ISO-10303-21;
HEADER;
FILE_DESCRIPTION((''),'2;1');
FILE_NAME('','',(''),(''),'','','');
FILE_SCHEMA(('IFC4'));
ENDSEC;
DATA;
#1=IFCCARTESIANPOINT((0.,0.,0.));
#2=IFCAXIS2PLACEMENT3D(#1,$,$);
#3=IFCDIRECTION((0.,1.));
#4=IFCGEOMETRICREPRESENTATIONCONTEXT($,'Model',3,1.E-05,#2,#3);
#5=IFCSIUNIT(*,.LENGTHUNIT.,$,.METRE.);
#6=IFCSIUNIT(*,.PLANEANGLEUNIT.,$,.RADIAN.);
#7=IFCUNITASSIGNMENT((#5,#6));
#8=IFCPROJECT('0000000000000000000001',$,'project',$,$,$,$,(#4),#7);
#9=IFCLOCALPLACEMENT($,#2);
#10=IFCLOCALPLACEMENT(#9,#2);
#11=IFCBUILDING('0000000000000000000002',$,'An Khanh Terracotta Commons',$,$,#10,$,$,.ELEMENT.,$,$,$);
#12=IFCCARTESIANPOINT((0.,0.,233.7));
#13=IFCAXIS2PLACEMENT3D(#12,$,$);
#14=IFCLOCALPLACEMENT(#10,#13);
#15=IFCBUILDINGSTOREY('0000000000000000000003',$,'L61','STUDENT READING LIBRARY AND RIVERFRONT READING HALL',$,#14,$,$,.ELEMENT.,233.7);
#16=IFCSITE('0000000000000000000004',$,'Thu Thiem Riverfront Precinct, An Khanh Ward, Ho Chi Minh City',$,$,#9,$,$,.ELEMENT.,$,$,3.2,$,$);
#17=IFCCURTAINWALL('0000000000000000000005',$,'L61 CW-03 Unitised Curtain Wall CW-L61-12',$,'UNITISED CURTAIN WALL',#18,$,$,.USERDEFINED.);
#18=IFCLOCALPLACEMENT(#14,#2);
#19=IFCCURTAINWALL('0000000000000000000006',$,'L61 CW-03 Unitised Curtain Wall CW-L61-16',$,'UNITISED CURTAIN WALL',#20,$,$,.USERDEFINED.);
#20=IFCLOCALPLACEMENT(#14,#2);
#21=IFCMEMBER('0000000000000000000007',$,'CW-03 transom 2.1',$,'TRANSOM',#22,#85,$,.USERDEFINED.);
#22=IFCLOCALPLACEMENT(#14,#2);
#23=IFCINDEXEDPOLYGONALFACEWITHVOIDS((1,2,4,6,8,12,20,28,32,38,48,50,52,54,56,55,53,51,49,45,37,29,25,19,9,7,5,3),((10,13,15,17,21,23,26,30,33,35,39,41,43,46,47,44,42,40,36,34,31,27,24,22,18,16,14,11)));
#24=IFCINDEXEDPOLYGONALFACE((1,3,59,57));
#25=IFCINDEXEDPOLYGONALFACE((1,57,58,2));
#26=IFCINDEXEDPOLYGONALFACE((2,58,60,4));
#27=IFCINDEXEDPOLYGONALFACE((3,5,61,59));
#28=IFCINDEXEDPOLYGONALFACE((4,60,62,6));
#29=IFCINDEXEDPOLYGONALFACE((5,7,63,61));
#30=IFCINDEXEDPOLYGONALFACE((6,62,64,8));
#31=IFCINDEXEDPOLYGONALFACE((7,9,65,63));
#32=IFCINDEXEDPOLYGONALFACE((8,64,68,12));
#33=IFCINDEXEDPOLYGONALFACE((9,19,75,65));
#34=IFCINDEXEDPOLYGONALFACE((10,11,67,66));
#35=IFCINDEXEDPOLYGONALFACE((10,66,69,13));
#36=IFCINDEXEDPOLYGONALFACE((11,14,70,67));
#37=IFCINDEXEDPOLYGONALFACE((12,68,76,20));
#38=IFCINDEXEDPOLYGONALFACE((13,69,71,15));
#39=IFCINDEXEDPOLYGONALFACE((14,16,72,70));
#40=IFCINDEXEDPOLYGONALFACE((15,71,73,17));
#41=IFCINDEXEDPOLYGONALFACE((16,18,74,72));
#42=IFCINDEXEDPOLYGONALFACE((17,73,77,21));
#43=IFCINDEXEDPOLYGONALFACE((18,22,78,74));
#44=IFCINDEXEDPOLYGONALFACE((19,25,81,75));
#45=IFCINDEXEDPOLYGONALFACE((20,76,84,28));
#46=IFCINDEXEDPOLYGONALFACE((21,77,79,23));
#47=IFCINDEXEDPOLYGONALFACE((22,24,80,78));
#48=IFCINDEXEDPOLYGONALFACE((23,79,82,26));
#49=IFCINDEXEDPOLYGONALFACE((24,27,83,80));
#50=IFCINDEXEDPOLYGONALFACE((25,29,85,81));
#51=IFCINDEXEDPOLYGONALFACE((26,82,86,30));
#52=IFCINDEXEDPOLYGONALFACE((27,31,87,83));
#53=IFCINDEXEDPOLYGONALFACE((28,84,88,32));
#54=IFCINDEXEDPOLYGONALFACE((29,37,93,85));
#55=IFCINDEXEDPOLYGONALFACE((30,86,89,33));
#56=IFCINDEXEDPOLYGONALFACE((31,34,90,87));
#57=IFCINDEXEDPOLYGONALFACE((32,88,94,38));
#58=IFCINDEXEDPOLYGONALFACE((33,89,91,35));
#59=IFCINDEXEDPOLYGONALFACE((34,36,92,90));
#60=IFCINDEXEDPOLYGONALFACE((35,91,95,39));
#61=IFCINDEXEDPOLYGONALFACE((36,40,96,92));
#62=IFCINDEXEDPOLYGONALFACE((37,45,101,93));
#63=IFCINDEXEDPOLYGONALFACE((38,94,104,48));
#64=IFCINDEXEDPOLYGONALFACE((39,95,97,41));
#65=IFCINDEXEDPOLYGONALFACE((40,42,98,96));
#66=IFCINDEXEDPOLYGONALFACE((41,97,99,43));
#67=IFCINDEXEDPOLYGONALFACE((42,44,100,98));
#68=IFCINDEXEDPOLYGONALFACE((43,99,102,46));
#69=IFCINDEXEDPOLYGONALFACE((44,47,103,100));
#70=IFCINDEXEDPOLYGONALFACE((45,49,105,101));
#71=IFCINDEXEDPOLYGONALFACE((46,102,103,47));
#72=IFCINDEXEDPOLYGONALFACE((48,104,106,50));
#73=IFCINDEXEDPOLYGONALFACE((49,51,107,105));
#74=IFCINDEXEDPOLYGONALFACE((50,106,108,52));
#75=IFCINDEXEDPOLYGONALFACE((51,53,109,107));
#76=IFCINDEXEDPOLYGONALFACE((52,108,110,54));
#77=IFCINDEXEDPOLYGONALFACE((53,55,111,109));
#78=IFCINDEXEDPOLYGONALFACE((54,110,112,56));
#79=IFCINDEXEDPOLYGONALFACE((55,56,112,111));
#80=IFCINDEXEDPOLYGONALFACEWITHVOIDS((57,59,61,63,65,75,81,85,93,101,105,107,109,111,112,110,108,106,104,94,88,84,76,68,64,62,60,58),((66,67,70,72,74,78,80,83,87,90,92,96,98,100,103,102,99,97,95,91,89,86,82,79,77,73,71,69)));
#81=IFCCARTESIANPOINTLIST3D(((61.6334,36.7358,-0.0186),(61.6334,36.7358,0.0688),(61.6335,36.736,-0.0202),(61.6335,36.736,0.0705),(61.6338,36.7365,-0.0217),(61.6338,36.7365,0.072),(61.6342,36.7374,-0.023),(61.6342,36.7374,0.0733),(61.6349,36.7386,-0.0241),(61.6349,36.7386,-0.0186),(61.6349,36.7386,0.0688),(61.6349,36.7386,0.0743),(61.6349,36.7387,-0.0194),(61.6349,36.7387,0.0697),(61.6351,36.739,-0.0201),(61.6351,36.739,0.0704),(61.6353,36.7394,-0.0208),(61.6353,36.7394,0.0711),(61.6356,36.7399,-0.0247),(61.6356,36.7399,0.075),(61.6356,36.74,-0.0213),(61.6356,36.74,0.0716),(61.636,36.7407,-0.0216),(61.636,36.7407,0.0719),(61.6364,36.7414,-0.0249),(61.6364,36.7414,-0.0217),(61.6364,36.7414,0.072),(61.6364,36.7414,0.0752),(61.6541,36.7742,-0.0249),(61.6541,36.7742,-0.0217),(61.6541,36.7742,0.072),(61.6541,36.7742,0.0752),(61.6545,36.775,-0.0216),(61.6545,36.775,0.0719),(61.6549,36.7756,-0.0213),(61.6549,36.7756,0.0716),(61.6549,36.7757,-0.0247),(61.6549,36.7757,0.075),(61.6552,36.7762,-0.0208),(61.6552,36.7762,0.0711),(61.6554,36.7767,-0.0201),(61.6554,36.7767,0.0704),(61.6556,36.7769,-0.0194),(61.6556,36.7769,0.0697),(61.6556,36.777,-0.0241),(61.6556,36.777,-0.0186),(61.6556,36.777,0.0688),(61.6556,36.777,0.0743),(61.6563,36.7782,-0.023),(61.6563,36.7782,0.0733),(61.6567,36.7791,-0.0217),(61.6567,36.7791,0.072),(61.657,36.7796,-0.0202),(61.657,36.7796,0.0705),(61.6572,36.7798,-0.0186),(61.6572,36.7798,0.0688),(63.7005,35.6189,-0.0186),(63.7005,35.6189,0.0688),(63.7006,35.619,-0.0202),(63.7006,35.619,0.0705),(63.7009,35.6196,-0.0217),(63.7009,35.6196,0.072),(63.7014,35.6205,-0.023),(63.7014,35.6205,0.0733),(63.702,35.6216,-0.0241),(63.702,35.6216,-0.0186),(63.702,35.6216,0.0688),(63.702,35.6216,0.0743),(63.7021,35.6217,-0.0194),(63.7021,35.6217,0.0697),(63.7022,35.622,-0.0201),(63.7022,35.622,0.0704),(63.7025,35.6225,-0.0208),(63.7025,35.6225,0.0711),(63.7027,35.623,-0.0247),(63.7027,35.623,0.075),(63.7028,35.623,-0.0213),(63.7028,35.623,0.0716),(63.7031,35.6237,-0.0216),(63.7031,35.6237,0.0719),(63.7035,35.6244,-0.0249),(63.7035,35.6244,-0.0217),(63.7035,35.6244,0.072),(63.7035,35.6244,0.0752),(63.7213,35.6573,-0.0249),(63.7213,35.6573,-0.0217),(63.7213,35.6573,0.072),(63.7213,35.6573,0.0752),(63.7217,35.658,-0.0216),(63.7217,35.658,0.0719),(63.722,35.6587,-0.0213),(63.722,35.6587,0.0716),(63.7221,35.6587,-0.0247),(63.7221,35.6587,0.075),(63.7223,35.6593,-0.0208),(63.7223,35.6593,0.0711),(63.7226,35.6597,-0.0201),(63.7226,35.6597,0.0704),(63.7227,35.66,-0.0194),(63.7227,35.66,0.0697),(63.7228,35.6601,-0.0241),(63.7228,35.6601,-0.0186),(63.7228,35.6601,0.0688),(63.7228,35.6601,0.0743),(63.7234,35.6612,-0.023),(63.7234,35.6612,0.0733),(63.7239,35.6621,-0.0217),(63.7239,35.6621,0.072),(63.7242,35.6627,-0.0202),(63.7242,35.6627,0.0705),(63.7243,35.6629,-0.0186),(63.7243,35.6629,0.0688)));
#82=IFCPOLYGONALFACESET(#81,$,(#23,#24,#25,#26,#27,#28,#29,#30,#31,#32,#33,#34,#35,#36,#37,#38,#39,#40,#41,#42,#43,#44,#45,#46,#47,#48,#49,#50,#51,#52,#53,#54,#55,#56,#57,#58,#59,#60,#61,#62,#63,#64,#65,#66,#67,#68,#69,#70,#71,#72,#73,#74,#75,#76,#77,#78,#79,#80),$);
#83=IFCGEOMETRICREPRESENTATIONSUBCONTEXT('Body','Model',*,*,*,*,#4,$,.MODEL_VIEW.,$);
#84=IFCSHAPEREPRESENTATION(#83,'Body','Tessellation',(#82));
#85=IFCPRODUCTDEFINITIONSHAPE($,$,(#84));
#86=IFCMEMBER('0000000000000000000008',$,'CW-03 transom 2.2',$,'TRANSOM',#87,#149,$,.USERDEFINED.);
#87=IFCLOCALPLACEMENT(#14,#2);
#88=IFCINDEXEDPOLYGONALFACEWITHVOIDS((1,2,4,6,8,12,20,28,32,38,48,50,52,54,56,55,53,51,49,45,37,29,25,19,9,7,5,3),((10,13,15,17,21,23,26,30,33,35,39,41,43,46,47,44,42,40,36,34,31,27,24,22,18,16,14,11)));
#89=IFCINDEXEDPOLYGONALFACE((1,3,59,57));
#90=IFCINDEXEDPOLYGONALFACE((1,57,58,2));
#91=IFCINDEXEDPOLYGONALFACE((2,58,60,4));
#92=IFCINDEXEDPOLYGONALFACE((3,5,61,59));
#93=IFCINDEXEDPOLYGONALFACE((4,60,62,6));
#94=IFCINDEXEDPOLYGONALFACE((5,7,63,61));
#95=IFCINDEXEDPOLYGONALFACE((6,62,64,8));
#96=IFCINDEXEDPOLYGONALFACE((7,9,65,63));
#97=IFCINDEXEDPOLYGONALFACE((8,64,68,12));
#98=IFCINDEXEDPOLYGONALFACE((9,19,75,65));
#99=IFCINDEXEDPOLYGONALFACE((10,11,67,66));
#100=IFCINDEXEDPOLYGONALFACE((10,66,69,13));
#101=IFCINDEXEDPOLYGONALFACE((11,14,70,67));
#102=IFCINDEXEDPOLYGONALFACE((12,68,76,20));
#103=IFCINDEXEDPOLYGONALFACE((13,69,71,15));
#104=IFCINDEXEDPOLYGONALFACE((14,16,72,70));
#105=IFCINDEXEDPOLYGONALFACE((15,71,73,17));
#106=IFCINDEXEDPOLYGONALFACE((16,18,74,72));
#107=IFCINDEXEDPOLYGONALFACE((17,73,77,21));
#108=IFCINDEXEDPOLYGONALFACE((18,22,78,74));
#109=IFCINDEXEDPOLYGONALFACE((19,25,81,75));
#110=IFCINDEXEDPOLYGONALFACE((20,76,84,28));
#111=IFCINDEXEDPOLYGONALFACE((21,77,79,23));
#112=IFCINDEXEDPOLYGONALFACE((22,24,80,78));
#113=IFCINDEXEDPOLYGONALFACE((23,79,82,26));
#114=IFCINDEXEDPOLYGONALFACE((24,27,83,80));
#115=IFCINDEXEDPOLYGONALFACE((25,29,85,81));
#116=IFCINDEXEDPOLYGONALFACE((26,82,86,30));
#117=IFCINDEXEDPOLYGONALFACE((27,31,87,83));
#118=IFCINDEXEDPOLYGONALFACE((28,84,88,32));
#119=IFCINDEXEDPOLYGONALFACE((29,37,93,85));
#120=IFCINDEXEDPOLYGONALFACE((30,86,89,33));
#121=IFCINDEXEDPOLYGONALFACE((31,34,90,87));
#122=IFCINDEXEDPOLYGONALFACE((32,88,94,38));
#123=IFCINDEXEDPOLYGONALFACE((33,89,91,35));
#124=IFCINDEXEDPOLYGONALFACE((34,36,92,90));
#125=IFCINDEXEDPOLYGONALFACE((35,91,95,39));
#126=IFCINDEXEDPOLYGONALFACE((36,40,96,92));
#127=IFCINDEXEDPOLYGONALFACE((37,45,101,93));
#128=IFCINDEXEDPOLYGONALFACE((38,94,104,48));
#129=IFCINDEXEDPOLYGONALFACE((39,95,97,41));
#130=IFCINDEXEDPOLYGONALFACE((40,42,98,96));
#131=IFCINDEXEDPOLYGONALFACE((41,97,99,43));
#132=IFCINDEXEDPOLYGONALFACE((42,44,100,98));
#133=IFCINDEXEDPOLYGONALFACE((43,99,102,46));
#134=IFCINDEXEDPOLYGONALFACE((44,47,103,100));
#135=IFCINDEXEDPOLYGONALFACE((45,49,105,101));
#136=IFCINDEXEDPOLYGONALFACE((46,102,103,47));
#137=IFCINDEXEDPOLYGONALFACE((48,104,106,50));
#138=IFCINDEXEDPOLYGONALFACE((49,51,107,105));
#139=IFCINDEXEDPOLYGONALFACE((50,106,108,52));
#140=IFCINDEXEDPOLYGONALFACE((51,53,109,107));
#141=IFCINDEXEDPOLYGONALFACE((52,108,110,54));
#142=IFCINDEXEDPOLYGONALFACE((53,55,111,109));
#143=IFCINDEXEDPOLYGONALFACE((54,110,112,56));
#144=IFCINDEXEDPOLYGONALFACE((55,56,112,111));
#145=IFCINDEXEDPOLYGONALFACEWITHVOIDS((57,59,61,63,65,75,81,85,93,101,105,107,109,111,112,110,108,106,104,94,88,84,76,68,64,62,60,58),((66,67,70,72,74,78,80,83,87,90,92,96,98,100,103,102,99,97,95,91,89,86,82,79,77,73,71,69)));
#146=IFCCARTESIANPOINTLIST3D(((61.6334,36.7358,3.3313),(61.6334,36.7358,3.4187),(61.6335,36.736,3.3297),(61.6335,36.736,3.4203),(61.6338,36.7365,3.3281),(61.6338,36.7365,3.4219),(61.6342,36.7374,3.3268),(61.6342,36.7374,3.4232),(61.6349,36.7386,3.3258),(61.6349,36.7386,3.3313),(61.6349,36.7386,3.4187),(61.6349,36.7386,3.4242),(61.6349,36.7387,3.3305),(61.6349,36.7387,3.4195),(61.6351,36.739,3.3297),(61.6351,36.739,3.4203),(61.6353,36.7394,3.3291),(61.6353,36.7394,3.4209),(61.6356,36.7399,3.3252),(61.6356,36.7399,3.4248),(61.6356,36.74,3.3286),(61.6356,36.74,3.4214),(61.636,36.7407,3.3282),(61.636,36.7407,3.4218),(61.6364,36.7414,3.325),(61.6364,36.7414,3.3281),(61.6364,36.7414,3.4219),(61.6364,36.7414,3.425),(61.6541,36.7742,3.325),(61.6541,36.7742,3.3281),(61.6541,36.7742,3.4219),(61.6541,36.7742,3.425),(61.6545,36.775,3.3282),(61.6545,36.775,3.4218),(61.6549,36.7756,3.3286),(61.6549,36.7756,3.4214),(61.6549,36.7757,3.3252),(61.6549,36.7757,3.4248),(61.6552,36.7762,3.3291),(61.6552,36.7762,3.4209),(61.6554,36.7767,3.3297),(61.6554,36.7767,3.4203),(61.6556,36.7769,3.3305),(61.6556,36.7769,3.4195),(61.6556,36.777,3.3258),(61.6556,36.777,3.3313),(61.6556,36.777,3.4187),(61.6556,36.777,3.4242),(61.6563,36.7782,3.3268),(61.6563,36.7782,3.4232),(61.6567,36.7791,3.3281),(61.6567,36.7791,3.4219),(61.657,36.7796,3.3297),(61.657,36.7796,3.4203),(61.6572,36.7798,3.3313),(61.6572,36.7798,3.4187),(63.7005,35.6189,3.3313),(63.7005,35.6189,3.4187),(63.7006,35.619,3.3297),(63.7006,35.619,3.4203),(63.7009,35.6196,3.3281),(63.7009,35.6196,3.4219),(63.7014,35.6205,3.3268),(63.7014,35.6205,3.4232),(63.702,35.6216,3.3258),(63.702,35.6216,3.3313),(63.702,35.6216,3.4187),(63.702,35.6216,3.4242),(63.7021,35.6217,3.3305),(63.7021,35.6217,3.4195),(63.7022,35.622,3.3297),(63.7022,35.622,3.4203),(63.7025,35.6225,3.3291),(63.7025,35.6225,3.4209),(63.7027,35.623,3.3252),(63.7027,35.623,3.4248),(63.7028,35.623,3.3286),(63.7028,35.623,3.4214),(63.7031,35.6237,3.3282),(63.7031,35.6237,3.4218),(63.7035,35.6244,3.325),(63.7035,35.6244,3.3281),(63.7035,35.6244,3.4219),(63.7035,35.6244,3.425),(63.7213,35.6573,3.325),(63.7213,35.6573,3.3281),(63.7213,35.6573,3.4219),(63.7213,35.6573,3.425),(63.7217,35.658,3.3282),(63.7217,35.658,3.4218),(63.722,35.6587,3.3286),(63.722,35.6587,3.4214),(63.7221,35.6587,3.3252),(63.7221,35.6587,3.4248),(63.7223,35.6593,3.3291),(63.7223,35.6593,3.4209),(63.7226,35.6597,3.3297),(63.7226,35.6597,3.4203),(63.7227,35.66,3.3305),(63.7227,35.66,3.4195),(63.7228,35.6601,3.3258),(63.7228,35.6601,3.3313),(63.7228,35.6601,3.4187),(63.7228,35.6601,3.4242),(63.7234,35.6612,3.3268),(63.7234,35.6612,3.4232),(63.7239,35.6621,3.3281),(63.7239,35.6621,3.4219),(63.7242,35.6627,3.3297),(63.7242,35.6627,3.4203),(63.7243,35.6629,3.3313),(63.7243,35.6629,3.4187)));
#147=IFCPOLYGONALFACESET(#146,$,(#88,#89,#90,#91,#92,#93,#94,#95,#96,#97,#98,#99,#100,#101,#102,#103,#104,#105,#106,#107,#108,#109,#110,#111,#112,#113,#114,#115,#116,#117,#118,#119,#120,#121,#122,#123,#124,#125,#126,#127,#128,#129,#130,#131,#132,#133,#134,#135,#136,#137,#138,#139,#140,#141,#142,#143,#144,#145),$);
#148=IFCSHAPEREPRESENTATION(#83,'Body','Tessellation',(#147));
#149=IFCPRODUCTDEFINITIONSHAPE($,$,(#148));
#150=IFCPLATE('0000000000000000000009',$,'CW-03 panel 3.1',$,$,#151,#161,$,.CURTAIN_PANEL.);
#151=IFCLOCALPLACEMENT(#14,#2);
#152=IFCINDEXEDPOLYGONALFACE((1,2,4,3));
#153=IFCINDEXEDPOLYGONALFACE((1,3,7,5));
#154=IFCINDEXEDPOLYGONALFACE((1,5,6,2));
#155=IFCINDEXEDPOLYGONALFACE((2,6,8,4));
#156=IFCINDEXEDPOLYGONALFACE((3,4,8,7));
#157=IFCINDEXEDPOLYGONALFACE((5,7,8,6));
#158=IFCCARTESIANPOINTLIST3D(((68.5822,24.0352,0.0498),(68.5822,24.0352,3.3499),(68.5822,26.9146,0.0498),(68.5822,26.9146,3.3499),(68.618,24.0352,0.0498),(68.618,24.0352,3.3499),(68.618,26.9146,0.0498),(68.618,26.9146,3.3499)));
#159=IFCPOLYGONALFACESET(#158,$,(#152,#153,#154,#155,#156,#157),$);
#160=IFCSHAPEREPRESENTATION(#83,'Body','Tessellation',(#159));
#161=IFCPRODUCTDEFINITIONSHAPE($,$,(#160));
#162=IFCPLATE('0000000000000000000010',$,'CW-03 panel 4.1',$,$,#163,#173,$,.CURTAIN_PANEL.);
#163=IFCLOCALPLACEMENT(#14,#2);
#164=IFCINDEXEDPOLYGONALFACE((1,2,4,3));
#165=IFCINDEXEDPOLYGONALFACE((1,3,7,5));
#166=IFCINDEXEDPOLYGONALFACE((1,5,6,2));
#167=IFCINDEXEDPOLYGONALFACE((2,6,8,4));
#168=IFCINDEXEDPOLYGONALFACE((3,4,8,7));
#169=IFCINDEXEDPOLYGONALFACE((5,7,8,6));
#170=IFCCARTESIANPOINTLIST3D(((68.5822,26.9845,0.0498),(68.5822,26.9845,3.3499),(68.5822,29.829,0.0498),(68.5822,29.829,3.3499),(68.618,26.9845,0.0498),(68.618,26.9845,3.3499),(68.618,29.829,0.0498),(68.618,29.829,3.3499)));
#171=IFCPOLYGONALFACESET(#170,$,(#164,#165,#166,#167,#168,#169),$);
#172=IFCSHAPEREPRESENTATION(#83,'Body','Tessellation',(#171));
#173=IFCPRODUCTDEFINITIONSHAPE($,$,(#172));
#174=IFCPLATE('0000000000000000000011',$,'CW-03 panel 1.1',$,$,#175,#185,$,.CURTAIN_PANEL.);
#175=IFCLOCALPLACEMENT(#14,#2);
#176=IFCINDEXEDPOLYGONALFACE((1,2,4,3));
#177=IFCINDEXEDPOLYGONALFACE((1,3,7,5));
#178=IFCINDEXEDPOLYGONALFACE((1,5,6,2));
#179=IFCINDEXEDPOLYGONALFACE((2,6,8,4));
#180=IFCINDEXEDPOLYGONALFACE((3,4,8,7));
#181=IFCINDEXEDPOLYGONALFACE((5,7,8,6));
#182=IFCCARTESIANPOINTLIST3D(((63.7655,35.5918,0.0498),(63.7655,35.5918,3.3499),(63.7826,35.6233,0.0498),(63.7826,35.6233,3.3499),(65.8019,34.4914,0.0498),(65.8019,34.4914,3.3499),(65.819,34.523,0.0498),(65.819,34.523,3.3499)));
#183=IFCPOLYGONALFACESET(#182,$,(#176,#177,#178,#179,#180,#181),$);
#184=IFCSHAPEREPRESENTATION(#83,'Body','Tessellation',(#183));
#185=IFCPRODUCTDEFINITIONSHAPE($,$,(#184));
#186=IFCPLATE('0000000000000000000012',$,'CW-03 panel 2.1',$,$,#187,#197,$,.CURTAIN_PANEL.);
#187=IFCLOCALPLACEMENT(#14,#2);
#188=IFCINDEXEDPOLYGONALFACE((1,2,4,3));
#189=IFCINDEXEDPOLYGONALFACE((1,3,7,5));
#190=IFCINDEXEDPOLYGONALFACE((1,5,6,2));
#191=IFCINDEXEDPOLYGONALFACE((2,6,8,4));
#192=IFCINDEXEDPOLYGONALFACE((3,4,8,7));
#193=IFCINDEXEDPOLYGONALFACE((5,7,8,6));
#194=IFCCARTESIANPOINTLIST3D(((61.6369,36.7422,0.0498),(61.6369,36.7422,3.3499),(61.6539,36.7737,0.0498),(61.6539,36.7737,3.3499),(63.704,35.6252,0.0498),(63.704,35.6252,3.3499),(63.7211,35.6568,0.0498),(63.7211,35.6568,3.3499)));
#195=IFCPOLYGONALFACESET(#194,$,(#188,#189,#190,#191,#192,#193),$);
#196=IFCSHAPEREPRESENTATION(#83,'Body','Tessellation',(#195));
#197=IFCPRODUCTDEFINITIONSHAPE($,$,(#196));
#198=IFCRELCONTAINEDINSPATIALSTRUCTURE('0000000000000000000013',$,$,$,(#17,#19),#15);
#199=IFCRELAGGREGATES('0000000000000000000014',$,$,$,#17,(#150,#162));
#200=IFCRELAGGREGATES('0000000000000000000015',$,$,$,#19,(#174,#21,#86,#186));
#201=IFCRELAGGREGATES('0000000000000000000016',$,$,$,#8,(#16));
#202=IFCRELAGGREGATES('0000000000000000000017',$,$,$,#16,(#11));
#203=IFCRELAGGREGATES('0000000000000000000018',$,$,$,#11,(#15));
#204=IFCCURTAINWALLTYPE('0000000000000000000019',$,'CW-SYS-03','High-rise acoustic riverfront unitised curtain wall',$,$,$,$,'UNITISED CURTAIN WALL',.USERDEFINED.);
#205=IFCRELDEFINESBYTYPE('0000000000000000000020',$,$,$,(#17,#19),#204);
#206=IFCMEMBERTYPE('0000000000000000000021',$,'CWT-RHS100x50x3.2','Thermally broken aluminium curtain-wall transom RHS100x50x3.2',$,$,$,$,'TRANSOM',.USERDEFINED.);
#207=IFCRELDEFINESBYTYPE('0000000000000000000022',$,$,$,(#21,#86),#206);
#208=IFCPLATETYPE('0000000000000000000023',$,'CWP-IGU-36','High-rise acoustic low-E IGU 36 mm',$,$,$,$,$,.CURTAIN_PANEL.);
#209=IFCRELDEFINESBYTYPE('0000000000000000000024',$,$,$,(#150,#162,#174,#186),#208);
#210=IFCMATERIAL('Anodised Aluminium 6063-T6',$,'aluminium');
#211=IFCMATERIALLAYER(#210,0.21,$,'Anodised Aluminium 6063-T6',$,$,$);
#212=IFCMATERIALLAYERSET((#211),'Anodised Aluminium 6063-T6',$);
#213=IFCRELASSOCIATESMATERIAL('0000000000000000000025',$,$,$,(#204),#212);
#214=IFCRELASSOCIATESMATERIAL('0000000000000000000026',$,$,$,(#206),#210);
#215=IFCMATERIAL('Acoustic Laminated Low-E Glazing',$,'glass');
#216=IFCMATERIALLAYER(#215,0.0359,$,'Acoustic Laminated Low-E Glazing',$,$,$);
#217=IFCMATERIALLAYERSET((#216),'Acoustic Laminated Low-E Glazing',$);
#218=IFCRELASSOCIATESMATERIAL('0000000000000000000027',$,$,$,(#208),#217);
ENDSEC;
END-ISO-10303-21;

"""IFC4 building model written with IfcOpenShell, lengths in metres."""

from ifc_helpers import new_model, si_unit, direction, frame, origin, origin_2d, place, context, subcontext, project, spatial, rectangle, hollow_rectangle, extrude, material, layer, layer_set, material_profile, profile_set, type_object, element, aggregate, save


model = new_model("IFC4")

# Units and contexts
model_context = context("Model", 3, precision=1e-05, world=origin(), true_north=direction((0.0, 1.0)))
body_context = subcontext(model_context, "Body", "Model", "MODEL_VIEW")
ifc_project = project(units=[si_unit("LENGTHUNIT", "METRE"), si_unit("PLANEANGLEUNIT", "RADIAN")], contexts=[model_context])

# Site, building, storey
site_placement = place(None, origin())
site = spatial("IfcSite", under=ifc_project, at=site_placement, Name="Thu Thiem Riverfront Precinct, An Khanh Ward, Ho Chi Minh City", CompositionType="ELEMENT", RefElevation=3.2)
building_placement = place(site_placement, origin())
building = spatial("IfcBuilding", under=site, at=building_placement, Name="An Khanh Terracotta Commons", CompositionType="ELEMENT")
storey_placement = place(building_placement, frame((0.0, 0.0, 233.7)))
storey = spatial("IfcBuildingStorey", under=building, at=storey_placement, Name="L61", Description="STUDENT READING LIBRARY AND RIVERFRONT READING HALL", CompositionType="ELEMENT", Elevation=233.7)

# Curtain walls
ifc_material_1 = material(Name="Anodised Aluminium 6063-T6", Category="aluminium")
ifc_layer_1 = layer(ifc_material_1, 0.21, Name="Anodised Aluminium 6063-T6")
ifc_layer_set_1 = layer_set([ifc_layer_1], Name="Anodised Aluminium 6063-T6")
curtain_wall_type = type_object("IfcCurtainWallType", Name="CW-SYS-03", Description="High-rise acoustic riverfront unitised curtain wall", ElementType="UNITISED CURTAIN WALL", PredefinedType="USERDEFINED", material=ifc_layer_set_1)
curtain_wall_1_placement = place(storey_placement, origin())
curtain_wall_1 = element("IfcCurtainWall", 1, at=curtain_wall_1_placement, inside=storey, type_object=curtain_wall_type, Name="L61 CW-03 Unitised Curtain Wall CW-L61-12", ObjectType="UNITISED CURTAIN WALL", PredefinedType="USERDEFINED")
curtain_wall_2_placement = place(storey_placement, origin())
curtain_wall_2 = element("IfcCurtainWall", 2, at=curtain_wall_2_placement, inside=storey, type_object=curtain_wall_type, Name="L61 CW-03 Unitised Curtain Wall CW-L61-16", ObjectType="UNITISED CURTAIN WALL", PredefinedType="USERDEFINED")

# Members
ifc_material_profile_1 = material_profile(ifc_material_1, hollow_rectangle(XDim=0.05, YDim=0.1001, WallThickness=0.0032, InnerFilletRadius=0.0032, OuterFilletRadius=0.0063, at=origin_2d()), Name="RHS100x50x3.2")
ifc_profile_set_1 = profile_set([ifc_material_profile_1], Name="Anodised Aluminium 6063-T6")
member_type_1 = type_object("IfcMemberType", Name="CWT-RHS100x50x3.2", Description="Thermally broken aluminium curtain-wall transom RHS100x50x3.2", ElementType="TRANSOM", PredefinedType="USERDEFINED", material=ifc_profile_set_1)
member_1_placement = place(storey_placement, frame((63.7124, 35.6409, 0.0251), z_axis=(-0.879783, 0.475376, 0.0), x_axis=(-0.475376, -0.879783, 0.0)))
member_1 = element("IfcMember", 3, at=member_1_placement, type_object=member_type_1, Name="CW-03 transom 2.1", ObjectType="TRANSOM", PredefinedType="USERDEFINED", context=body_context, shape_type="SweptSolid", body=[
    extrude(hollow_rectangle(XDim=0.05, YDim=0.1001, WallThickness=0.0032, InnerFilletRadius=0.0032, OuterFilletRadius=0.0063, at=origin_2d()), origin(), (0.0, 0.0, 1.0), 2.3496),
])
member_2_placement = place(storey_placement, frame((63.7124, 35.6409, 3.375), z_axis=(-0.879783, 0.475376, 0.0), x_axis=(-0.475376, -0.879783, 0.0)))
member_2 = element("IfcMember", 4, at=member_2_placement, type_object=member_type_1, Name="CW-03 transom 2.2", ObjectType="TRANSOM", PredefinedType="USERDEFINED", context=body_context, shape_type="SweptSolid", body=[
    extrude(hollow_rectangle(XDim=0.05, YDim=0.1001, WallThickness=0.0032, InnerFilletRadius=0.0032, OuterFilletRadius=0.0063, at=origin_2d()), origin(), (0.0, 0.0, 1.0), 2.3496),
])

# Plates
ifc_material_2 = material(Name="Acoustic Laminated Low-E Glazing", Category="glass")
ifc_layer_2 = layer(ifc_material_2, 0.0359, Name="Acoustic Laminated Low-E Glazing")
ifc_layer_set_2 = layer_set([ifc_layer_2], Name="Acoustic Laminated Low-E Glazing")
plate_type = type_object("IfcPlateType", Name="CWP-IGU-36", Description="High-rise acoustic low-E IGU 36 mm", PredefinedType="CURTAIN_PANEL", material=ifc_layer_set_2)
plate_1_placement = place(storey_placement, frame((68.6001, 25.4749, 0.0498), z_axis=(0.0, 0.0, 1.0), x_axis=(0.0, 1.0, 0.0)))
plate_1 = element("IfcPlate", 5, at=plate_1_placement, type_object=plate_type, Name="CW-03 panel 3.1", PredefinedType="CURTAIN_PANEL", context=body_context, shape_type="SweptSolid", body=[
    extrude(rectangle(XDim=2.8794, YDim=0.0359, at=origin_2d()), origin(), (0.0, 0.0, 1.0), 3.3),
])
plate_2_placement = place(storey_placement, frame((68.6001, 28.4067, 0.0498), z_axis=(0.0, 0.0, 1.0), x_axis=(0.0, 1.0, 0.0)))
plate_2 = element("IfcPlate", 6, at=plate_2_placement, type_object=plate_type, Name="CW-03 panel 4.1", PredefinedType="CURTAIN_PANEL", context=body_context, shape_type="SweptSolid", body=[
    extrude(rectangle(XDim=2.8445, YDim=0.0359, at=origin_2d()), origin(), (0.0, 0.0, 1.0), 3.3),
])
aggregate(curtain_wall_1, [plate_1, plate_2])
plate_3_placement = place(storey_placement, frame((64.7922, 35.0574, 0.0498), z_axis=(0.0, 0.0, 1.0), x_axis=(-0.87978, 0.475381, 0.0)))
plate_3 = element("IfcPlate", 7, at=plate_3_placement, type_object=plate_type, Name="CW-03 panel 1.1", PredefinedType="CURTAIN_PANEL", context=body_context, shape_type="SweptSolid", body=[
    extrude(rectangle(XDim=2.3147, YDim=0.0359, at=origin_2d()), origin(), (0.0, 0.0, 1.0), 3.3),
])
plate_4_placement = place(storey_placement, frame((62.679, 36.1995, 0.0498), z_axis=(0.0, 0.0, 1.0), x_axis=(-0.87978, 0.475381, 0.0)))
plate_4 = element("IfcPlate", 8, at=plate_4_placement, type_object=plate_type, Name="CW-03 panel 2.1", PredefinedType="CURTAIN_PANEL", context=body_context, shape_type="SweptSolid", body=[
    extrude(rectangle(XDim=2.3496, YDim=0.0359, at=origin_2d()), origin(), (0.0, 0.0, 1.0), 3.3),
])
aggregate(curtain_wall_2, [plate_3, member_1, member_2, plate_4])

save(model, "model.ifc")
